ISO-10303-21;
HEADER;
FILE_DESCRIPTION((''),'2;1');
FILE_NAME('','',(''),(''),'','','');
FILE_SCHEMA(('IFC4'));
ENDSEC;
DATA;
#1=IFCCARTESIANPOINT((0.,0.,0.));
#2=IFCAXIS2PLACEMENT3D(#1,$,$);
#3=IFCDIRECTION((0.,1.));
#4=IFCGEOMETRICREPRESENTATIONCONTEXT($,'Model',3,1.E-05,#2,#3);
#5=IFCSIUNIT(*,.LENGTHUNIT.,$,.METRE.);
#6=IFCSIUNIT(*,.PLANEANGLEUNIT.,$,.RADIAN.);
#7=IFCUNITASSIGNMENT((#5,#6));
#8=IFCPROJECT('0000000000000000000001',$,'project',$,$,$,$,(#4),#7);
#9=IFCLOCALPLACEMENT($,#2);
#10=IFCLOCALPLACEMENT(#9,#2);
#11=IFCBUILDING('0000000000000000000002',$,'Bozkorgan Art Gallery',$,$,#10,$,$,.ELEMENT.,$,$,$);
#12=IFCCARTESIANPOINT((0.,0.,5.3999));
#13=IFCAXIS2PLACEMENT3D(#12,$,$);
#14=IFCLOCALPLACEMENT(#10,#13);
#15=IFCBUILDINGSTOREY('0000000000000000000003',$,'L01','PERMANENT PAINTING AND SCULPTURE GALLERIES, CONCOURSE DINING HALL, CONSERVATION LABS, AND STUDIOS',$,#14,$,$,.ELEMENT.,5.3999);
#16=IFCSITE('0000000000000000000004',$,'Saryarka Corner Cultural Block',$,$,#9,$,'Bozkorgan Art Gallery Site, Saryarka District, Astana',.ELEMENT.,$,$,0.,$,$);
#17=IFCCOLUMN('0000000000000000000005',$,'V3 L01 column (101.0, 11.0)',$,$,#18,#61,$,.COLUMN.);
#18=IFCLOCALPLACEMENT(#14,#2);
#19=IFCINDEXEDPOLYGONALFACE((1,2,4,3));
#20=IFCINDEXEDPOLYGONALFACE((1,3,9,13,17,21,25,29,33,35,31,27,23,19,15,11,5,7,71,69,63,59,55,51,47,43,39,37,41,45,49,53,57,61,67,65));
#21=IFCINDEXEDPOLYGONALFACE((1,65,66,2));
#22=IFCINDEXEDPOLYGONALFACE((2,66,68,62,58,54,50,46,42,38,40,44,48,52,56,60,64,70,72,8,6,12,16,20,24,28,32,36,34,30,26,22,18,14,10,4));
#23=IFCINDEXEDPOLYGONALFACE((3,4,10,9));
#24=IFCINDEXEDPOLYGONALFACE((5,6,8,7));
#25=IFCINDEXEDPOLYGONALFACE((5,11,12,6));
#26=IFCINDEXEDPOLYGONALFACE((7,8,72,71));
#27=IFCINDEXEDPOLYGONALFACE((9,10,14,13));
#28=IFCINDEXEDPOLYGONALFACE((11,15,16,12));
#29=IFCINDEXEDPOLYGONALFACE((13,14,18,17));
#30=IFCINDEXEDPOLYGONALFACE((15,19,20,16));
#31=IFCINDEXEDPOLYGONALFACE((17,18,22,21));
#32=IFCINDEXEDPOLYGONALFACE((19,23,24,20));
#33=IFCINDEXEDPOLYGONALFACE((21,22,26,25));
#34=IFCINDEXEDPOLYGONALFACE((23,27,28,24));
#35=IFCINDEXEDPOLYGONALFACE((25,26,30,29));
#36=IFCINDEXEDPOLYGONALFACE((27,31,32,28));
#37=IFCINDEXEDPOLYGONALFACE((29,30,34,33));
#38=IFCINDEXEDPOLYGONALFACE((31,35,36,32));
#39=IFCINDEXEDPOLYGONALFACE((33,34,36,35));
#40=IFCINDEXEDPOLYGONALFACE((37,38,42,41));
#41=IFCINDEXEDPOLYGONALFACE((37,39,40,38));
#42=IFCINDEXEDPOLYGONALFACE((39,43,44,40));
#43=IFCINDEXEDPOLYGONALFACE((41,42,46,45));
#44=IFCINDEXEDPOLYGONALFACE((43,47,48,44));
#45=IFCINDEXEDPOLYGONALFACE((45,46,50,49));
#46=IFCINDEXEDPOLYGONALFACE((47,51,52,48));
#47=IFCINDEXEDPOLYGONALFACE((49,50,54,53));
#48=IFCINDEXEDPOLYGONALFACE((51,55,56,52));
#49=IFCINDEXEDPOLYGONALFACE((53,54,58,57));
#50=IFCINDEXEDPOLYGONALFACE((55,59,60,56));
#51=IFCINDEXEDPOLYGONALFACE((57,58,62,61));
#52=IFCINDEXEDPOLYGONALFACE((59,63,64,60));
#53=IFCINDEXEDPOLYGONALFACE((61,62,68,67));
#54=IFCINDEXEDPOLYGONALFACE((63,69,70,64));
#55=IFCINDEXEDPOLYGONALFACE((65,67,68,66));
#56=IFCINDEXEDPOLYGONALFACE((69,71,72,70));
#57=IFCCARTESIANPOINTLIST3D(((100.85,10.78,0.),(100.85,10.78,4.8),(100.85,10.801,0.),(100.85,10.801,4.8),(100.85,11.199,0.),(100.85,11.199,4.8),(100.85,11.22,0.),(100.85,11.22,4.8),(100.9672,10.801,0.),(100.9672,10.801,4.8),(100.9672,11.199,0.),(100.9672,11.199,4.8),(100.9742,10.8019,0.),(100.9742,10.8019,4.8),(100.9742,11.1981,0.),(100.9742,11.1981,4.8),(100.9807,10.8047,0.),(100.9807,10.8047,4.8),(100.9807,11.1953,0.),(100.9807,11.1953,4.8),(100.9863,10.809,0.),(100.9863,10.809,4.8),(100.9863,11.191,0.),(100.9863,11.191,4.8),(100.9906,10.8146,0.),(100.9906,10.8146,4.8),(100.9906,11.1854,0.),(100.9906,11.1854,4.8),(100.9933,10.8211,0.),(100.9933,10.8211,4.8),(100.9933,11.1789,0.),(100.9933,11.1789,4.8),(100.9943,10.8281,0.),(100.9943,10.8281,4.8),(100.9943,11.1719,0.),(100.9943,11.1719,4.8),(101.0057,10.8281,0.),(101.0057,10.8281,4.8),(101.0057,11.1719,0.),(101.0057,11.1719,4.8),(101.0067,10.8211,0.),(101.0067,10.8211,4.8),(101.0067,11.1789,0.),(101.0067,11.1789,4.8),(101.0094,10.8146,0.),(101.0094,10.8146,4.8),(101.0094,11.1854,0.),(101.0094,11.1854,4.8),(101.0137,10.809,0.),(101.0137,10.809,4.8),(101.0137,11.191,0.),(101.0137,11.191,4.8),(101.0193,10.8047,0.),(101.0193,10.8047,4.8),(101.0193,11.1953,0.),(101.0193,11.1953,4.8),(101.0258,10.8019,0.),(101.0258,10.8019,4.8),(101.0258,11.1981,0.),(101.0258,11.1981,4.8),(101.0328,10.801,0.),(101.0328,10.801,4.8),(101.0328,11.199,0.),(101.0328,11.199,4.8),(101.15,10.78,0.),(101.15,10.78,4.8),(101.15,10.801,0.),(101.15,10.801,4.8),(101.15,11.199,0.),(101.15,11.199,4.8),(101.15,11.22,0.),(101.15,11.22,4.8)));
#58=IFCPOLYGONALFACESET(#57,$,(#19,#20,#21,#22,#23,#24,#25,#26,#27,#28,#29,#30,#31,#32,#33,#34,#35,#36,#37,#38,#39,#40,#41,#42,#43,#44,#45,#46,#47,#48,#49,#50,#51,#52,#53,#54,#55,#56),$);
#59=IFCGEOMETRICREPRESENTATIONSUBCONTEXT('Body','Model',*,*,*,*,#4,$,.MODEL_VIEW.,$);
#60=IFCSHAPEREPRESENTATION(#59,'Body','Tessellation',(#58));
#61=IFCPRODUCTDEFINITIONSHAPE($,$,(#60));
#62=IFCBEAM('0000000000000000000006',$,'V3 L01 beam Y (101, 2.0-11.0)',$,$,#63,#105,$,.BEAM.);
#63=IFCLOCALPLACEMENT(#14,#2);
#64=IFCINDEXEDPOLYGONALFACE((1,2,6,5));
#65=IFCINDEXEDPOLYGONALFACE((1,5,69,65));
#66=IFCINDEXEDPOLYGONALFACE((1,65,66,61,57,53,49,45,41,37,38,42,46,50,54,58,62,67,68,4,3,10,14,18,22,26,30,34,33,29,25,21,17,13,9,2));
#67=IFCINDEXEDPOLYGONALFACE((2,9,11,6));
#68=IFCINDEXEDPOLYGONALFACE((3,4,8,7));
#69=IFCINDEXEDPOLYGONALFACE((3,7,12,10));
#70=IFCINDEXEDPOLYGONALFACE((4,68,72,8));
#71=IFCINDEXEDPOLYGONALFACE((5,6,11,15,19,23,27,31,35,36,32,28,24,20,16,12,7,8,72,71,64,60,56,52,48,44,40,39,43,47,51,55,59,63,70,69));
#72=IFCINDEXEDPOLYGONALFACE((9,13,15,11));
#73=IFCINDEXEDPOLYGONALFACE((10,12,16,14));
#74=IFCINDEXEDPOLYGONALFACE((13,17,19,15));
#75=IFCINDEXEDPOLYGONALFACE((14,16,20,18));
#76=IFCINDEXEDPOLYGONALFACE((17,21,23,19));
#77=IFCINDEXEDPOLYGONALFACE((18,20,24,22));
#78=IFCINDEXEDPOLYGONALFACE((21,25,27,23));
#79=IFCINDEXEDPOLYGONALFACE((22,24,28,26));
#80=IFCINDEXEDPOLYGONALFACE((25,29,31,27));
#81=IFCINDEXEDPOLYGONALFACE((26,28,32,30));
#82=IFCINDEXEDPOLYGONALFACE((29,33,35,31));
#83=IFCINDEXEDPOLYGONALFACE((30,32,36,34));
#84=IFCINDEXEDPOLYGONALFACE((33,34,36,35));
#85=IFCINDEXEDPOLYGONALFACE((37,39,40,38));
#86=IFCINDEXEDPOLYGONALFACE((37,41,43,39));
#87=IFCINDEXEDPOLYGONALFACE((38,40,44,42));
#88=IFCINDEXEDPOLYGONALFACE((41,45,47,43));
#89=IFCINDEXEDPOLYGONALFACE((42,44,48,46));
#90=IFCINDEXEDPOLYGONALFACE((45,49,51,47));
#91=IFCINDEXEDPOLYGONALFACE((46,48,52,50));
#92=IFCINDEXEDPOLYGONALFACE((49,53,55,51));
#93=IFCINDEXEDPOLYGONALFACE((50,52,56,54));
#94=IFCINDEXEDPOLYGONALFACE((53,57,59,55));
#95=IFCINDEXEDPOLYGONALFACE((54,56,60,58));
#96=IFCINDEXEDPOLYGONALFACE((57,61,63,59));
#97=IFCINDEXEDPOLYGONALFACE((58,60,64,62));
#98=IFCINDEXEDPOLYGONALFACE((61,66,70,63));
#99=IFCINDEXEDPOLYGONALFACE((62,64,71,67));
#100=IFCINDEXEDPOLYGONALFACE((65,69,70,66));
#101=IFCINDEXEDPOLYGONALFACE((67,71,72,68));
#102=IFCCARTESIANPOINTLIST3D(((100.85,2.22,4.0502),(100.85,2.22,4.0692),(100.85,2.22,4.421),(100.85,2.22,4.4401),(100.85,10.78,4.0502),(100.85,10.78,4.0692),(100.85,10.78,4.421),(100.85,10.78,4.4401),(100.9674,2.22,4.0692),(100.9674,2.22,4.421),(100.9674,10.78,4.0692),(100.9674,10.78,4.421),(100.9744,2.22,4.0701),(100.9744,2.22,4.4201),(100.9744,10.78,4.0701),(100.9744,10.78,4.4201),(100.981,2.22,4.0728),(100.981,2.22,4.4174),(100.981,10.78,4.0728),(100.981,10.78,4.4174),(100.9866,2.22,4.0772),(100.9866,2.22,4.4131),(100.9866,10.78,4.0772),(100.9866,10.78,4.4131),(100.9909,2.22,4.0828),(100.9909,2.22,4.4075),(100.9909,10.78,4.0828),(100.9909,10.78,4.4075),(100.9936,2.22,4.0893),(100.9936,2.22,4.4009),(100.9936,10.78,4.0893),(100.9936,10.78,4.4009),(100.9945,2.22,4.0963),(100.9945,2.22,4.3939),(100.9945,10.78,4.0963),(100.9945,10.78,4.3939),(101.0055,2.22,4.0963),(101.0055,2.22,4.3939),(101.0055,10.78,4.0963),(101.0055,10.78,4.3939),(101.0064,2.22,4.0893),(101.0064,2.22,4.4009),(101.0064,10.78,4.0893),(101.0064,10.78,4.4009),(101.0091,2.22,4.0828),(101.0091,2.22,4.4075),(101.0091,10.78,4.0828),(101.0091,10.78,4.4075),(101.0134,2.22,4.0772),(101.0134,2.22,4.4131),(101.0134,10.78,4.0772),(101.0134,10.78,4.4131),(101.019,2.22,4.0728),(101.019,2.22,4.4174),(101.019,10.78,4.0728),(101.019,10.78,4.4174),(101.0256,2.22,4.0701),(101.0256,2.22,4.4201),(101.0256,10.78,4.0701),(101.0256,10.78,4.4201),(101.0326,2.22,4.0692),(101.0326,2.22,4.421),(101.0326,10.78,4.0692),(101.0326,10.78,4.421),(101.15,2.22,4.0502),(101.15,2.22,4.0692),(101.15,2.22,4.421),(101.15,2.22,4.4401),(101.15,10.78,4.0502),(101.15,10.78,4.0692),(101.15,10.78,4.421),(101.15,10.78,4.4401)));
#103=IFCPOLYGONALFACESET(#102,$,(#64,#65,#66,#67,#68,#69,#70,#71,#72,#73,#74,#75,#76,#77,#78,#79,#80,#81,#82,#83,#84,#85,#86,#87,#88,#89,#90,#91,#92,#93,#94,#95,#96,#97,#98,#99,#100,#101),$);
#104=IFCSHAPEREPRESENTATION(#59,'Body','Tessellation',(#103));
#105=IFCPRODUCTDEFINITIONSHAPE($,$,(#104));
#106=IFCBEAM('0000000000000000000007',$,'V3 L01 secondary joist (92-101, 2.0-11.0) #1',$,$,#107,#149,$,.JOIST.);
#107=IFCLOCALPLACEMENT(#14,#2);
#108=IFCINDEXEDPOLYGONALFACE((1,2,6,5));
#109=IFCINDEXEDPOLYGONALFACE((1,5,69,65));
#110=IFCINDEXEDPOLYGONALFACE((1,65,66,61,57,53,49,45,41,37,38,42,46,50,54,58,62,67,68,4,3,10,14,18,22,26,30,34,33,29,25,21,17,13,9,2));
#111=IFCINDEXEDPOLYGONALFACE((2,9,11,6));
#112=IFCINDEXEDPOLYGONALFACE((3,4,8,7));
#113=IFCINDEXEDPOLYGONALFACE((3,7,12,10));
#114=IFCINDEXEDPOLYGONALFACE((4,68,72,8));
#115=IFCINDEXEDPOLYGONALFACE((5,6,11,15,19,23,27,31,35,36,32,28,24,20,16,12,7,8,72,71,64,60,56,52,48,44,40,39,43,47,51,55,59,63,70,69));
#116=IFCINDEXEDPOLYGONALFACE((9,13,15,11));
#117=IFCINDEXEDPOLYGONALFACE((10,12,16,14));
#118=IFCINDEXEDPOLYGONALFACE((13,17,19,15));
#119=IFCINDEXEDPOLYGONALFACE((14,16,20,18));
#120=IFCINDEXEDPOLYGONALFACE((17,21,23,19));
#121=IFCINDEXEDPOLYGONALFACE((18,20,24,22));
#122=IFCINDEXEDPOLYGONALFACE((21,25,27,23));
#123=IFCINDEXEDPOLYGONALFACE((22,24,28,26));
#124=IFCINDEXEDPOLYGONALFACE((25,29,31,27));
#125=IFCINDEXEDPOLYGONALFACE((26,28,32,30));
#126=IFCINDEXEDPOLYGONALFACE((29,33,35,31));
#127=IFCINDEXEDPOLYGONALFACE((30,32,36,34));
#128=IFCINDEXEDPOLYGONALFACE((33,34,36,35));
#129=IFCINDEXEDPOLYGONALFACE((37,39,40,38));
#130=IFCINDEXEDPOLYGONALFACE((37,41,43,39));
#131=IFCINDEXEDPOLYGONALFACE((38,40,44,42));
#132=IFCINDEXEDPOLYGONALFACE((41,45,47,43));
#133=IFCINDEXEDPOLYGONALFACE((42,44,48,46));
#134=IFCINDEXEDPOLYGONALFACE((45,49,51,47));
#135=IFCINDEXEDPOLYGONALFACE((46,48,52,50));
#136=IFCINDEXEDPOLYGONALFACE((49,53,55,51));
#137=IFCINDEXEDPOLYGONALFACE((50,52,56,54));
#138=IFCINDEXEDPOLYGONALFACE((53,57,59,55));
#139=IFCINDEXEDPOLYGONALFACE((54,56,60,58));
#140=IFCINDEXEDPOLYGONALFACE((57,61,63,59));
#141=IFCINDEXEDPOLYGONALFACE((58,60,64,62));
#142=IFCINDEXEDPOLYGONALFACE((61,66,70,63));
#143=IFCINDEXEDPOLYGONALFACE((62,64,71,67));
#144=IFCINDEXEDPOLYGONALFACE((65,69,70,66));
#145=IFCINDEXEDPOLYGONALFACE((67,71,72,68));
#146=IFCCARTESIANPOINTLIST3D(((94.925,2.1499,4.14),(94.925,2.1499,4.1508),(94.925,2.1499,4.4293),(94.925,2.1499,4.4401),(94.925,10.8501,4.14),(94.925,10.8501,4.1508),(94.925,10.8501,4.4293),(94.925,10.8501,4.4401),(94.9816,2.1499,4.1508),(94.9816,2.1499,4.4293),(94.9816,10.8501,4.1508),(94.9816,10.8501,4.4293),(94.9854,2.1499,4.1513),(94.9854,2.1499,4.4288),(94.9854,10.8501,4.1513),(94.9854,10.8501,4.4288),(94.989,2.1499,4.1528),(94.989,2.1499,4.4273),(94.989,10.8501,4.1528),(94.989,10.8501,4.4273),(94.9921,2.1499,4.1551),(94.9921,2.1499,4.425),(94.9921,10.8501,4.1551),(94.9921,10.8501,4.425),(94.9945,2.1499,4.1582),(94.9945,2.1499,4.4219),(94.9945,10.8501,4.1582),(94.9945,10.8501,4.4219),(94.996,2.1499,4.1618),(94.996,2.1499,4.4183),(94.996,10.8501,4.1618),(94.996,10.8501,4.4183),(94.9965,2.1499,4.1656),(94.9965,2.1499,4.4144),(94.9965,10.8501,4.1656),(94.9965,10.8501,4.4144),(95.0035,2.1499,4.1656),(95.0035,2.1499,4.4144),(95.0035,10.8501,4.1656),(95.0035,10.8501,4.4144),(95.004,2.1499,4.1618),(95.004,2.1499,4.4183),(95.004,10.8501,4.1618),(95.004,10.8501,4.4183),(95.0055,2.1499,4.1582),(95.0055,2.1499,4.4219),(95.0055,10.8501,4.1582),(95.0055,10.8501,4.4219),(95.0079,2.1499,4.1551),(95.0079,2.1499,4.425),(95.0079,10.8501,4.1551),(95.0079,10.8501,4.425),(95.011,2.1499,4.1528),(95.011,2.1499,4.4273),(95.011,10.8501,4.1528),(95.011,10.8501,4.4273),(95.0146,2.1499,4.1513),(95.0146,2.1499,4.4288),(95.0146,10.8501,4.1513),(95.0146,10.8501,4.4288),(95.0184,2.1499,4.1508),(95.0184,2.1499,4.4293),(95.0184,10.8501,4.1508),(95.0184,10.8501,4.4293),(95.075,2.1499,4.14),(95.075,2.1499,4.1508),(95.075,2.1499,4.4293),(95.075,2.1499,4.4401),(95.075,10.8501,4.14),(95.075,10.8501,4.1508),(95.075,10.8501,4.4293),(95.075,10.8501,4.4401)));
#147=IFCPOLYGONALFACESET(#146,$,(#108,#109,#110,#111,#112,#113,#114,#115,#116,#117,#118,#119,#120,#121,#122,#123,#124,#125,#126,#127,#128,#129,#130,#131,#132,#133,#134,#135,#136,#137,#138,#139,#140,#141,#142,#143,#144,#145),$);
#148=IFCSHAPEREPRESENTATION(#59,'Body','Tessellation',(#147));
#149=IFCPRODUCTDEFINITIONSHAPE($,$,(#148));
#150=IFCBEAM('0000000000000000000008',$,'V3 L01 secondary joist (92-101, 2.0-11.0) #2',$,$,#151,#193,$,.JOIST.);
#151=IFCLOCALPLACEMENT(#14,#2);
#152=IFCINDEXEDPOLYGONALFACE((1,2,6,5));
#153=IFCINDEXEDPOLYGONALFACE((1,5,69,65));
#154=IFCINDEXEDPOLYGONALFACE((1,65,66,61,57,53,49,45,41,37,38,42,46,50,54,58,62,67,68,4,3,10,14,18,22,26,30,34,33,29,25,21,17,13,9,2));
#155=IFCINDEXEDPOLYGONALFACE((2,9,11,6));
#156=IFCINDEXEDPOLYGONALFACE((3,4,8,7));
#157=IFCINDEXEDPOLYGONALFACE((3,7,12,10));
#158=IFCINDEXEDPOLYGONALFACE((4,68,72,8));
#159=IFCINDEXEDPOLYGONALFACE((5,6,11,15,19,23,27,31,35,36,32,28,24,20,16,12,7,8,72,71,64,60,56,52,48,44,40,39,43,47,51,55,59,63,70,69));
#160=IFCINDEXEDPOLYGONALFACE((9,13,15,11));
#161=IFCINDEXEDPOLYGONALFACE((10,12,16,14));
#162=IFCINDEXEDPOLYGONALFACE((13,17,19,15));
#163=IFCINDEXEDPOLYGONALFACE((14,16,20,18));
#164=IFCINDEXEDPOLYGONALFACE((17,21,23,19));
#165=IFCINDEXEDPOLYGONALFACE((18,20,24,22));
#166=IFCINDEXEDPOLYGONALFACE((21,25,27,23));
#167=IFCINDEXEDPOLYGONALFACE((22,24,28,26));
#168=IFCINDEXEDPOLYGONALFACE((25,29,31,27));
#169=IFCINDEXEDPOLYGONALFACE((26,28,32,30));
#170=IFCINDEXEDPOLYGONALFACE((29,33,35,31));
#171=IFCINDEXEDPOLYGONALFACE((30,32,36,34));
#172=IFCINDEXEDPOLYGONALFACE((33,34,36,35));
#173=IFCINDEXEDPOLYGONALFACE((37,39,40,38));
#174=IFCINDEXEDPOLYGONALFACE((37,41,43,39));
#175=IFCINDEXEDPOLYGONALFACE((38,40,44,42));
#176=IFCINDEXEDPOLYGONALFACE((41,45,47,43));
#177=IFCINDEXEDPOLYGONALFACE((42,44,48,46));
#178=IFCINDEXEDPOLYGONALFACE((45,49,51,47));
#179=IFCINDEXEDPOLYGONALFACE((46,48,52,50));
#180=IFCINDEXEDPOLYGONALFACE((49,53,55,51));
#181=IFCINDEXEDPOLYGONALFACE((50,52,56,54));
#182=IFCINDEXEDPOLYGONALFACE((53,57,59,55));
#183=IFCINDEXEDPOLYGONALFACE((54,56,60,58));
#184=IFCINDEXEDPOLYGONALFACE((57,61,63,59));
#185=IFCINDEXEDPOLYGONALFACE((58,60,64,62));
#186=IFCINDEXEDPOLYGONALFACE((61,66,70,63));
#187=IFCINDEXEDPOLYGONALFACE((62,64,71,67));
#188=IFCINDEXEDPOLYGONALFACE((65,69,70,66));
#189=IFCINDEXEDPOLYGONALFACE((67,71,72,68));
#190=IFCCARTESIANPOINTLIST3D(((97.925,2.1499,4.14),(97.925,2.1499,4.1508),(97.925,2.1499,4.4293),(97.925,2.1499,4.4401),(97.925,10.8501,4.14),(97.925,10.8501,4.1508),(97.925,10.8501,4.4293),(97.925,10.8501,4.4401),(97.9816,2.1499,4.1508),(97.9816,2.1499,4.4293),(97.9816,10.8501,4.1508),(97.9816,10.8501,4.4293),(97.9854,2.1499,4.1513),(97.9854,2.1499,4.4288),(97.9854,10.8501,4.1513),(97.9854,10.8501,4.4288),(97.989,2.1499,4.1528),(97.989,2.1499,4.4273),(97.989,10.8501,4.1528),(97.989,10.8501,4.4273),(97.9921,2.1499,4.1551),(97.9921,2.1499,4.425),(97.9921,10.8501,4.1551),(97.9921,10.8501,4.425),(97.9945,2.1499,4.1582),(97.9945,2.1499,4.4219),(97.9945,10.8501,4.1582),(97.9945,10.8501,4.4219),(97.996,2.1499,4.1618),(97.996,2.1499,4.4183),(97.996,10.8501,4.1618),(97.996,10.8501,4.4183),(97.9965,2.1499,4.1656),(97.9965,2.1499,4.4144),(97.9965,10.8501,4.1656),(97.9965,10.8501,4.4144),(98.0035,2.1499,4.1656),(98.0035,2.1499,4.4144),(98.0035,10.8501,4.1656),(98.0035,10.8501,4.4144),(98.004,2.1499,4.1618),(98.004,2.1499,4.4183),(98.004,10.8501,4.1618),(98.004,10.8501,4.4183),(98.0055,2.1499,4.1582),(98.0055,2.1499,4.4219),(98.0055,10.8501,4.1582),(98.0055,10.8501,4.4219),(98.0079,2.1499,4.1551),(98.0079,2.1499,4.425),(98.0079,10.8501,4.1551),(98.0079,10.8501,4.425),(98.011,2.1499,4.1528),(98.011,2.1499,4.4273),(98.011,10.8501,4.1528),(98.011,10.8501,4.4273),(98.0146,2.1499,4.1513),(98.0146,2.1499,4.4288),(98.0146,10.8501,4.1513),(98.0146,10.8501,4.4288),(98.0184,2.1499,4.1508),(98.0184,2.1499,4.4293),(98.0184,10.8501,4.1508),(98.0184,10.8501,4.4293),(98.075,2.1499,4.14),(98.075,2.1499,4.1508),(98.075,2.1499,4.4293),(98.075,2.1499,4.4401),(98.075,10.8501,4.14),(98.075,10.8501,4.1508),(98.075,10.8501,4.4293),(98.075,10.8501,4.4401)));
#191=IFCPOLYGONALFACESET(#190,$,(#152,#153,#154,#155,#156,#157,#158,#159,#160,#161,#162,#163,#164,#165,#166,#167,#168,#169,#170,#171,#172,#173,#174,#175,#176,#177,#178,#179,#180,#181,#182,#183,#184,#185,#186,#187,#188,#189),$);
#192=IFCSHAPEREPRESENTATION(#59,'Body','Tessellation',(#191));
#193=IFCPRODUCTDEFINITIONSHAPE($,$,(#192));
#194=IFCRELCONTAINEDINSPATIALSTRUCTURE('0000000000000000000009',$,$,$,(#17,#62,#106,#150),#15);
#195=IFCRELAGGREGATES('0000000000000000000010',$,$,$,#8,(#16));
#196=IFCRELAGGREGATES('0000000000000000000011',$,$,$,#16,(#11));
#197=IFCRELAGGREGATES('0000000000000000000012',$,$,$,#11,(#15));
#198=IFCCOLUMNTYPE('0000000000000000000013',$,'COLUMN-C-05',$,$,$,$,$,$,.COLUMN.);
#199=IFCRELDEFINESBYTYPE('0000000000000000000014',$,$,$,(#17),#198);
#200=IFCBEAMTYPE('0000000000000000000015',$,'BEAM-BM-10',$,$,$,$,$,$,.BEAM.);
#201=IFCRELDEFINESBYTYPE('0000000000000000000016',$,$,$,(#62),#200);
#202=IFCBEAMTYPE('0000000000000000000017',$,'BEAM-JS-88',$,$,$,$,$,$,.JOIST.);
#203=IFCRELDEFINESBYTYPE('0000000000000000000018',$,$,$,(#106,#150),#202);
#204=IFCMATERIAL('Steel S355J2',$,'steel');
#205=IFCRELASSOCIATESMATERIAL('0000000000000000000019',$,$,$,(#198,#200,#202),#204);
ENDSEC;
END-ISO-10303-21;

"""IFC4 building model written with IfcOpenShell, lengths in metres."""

from ifc_helpers import new_model, si_unit, direction, frame, origin, origin_2d, place, context, subcontext, project, spatial, i_section, extrude, material, material_profile, profile_set, type_object, element, save


model = new_model("IFC4")

# Units and contexts
model_context = context("Model", 3, precision=1e-05, world=origin(), true_north=direction((0.0, 1.0)))
body_context = subcontext(model_context, "Body", "Model", "MODEL_VIEW")
ifc_project = project(units=[si_unit("LENGTHUNIT", "METRE"), si_unit("PLANEANGLEUNIT", "RADIAN")], contexts=[model_context])

# Site, building, storey
site_placement = place(None, origin())
site = spatial("IfcSite", under=ifc_project, at=site_placement, Name="Saryarka Corner Cultural Block", LongName="Bozkorgan Art Gallery Site, Saryarka District, Astana", CompositionType="ELEMENT", RefElevation=0.0)
building_placement = place(site_placement, origin())
building = spatial("IfcBuilding", under=site, at=building_placement, Name="Bozkorgan Art Gallery", CompositionType="ELEMENT")
storey_placement = place(building_placement, frame((0.0, 0.0, 5.3999)))
storey = spatial("IfcBuildingStorey", under=building, at=storey_placement, Name="L01", Description="PERMANENT PAINTING AND SCULPTURE GALLERIES, CONCOURSE DINING HALL, CONSERVATION LABS, AND STUDIOS", CompositionType="ELEMENT", Elevation=5.3999)

# Column
ifc_material_1 = material(Name="Steel S355J2", Category="steel")
ifc_material_profile_1 = material_profile(ifc_material_1, i_section(OverallWidth=0.3, OverallDepth=0.4399, WebThickness=0.0115, FlangeThickness=0.021, FilletRadius=0.0271, at=origin_2d()), Name="HEA 450")
ifc_profile_set_1 = profile_set([ifc_material_profile_1], Name="Steel S355J2")
column_type = type_object("IfcColumnType", Name="COLUMN-C-05", PredefinedType="COLUMN", material=ifc_profile_set_1)
column_placement = place(storey_placement, frame((101.0, 11.0, 0.0), z_axis=(0.0, 0.0, 1.0), x_axis=(1.0, 0.0, 0.0)))
element("IfcColumn", 1, at=column_placement, inside=storey, type_object=column_type, Name="V3 L01 column (101.0, 11.0)", PredefinedType="COLUMN", context=body_context, shape_type="SweptSolid", body=[
    extrude(i_section(OverallWidth=0.3, OverallDepth=0.4399, WebThickness=0.0115, FlangeThickness=0.021, FilletRadius=0.0271, at=origin_2d()), origin(), (0.0, 0.0, 1.0), 4.8),
])

# Beams
ifc_material_profile_2 = material_profile(ifc_material_1, i_section(OverallWidth=0.3, OverallDepth=0.3899, WebThickness=0.011, FlangeThickness=0.019, FilletRadius=0.0271, at=origin_2d()), Name="HEA 400")
ifc_profile_set_2 = profile_set([ifc_material_profile_2], Name="Steel S355J2")
beam_type_1 = type_object("IfcBeamType", Name="BEAM-BM-10", PredefinedType="BEAM", material=ifc_profile_set_2)
beam_1_placement = place(storey_placement, frame((101.0, 2.22, 4.2451), z_axis=(0.0, 1.0, 0.0), x_axis=(-1.0, 0.0, 0.0)))
element("IfcBeam", 2, at=beam_1_placement, inside=storey, type_object=beam_type_1, Name="V3 L01 beam Y (101, 2.0-11.0)", PredefinedType="BEAM", context=body_context, shape_type="SweptSolid", body=[
    extrude(i_section(OverallWidth=0.3, OverallDepth=0.3899, WebThickness=0.011, FlangeThickness=0.019, FilletRadius=0.0271, at=origin_2d()), origin(), (0.0, 0.0, 1.0), 8.5601),
])
ifc_material_profile_3 = material_profile(ifc_material_1, i_section(OverallWidth=0.1499, OverallDepth=0.3, WebThickness=0.0071, FlangeThickness=0.0107, FilletRadius=0.0149, at=origin_2d()), Name="IPE 300")
ifc_profile_set_3 = profile_set([ifc_material_profile_3], Name="Steel S355J2")
beam_type_2 = type_object("IfcBeamType", Name="BEAM-JS-88", PredefinedType="JOIST", material=ifc_profile_set_3)
for number, where, z_axis, x_axis, name in (
    (3, (95.0, 2.1499, 4.29), (0.0, 1.0, 0.0), (-1.0, 0.0, 0.0), "V3 L01 secondary joist (92-101, 2.0-11.0) #1"),
    (4, (98.0, 2.1499, 4.29), (0.0, 1.0, 0.0), (-1.0, 0.0, 0.0), "V3 L01 secondary joist (92-101, 2.0-11.0) #2"),
):
    element("IfcBeam", number, at=place(storey_placement, frame(where, z_axis=z_axis, x_axis=x_axis)), inside=storey, type_object=beam_type_2, Name=name, PredefinedType="JOIST", context=body_context, shape_type="SweptSolid", body=[
        extrude(i_section(OverallWidth=0.1499, OverallDepth=0.3, WebThickness=0.0071, FlangeThickness=0.0107, FilletRadius=0.0149, at=origin_2d()), origin(), (0.0, 0.0, 1.0), 8.7002),
    ])

save(model, "model.ifc")
